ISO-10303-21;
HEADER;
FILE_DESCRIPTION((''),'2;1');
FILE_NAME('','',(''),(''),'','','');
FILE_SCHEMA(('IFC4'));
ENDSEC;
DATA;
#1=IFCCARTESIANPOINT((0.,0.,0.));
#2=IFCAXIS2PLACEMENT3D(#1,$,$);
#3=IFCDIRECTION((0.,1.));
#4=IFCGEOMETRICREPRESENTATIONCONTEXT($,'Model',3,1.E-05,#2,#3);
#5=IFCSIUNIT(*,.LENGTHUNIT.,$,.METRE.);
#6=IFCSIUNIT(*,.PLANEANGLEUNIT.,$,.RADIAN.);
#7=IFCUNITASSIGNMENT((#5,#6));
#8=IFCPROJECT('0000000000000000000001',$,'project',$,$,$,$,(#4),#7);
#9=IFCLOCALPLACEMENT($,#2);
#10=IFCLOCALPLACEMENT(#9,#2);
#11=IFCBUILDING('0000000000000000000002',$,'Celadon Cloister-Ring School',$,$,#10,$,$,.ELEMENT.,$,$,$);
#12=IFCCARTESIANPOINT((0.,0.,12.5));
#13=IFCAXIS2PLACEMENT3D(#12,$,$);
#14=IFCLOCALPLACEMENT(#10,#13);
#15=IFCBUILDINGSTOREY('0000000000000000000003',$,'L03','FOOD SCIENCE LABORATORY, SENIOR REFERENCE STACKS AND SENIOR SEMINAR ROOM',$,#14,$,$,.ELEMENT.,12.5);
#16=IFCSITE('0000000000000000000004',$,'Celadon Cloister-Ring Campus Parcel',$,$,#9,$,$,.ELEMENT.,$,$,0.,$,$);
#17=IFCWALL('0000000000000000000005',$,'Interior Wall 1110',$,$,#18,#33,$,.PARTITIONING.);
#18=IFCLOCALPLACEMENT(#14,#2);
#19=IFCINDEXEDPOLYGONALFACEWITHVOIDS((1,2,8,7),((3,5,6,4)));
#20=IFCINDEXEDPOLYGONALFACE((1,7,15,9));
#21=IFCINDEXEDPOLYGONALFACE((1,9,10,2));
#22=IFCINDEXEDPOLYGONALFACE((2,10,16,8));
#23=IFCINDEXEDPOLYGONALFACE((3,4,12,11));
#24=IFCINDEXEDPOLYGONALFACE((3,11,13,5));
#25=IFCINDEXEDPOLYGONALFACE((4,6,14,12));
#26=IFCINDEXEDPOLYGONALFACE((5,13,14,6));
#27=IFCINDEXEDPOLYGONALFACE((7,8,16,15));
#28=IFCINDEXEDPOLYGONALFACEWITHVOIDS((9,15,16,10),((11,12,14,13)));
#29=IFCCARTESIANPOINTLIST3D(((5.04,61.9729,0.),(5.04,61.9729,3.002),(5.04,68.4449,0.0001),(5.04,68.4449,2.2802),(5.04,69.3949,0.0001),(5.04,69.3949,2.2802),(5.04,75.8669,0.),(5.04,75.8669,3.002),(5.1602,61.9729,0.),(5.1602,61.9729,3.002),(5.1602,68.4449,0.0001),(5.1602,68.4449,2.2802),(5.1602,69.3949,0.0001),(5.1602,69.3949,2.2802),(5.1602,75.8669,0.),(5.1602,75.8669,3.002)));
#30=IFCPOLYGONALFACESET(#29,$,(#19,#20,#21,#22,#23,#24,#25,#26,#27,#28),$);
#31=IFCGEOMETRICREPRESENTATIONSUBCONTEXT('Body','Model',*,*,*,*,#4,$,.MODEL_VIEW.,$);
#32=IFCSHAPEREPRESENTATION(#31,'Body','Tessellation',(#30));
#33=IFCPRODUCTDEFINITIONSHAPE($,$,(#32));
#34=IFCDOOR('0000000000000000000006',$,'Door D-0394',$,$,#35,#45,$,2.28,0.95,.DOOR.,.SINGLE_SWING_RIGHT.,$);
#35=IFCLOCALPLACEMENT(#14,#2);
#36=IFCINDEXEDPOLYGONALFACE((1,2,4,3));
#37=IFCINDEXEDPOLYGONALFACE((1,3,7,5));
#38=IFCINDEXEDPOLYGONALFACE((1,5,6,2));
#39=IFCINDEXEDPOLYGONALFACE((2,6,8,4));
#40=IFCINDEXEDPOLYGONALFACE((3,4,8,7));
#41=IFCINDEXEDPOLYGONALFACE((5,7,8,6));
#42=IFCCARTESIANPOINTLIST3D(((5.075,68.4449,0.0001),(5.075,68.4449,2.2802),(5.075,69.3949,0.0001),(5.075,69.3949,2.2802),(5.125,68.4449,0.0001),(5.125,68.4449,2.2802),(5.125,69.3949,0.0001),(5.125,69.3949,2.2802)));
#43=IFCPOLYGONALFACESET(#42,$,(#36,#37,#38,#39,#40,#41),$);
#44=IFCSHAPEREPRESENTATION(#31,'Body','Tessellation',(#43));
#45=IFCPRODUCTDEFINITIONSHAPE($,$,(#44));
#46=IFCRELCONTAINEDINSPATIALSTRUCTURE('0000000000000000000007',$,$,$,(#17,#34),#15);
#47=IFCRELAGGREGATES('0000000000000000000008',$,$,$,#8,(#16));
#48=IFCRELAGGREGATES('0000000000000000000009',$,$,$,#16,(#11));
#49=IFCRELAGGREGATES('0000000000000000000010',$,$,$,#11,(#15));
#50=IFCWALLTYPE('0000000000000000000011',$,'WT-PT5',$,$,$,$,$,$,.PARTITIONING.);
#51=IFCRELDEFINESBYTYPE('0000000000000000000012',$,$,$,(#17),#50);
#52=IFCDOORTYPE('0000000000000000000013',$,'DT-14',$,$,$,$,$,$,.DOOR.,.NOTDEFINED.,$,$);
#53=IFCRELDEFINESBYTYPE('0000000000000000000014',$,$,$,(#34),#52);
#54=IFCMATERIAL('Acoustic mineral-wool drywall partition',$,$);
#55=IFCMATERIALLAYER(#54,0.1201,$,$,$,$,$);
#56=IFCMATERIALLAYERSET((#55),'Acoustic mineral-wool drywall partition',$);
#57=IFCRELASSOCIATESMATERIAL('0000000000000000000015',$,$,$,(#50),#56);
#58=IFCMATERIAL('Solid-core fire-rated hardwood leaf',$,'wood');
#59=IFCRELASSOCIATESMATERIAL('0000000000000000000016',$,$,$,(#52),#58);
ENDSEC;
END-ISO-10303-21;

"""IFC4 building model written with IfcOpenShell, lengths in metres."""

from ifc_helpers import new_model, si_unit, direction, frame, frame_2d, origin, place, context, subcontext, project, spatial, rectangle, extrude, material, layer, layer_set, type_object, element, fill, save


model = new_model("IFC4")

# Units and contexts
model_context = context("Model", 3, precision=1e-05, world=origin(), true_north=direction((0.0, 1.0)))
body_context = subcontext(model_context, "Body", "Model", "MODEL_VIEW")
ifc_project = project(units=[si_unit("LENGTHUNIT", "METRE"), si_unit("PLANEANGLEUNIT", "RADIAN")], contexts=[model_context])

# Site, building, storey
site_placement = place(None, origin())
site = spatial("IfcSite", under=ifc_project, at=site_placement, Name="Celadon Cloister-Ring Campus Parcel", CompositionType="ELEMENT", RefElevation=0.0)
building_placement = place(site_placement, origin())
building = spatial("IfcBuilding", under=site, at=building_placement, Name="Celadon Cloister-Ring School", CompositionType="ELEMENT")
storey_placement = place(building_placement, frame((0.0, 0.0, 12.5)))
storey = spatial("IfcBuildingStorey", under=building, at=storey_placement, Name="L03", Description="FOOD SCIENCE LABORATORY, SENIOR REFERENCE STACKS AND SENIOR SEMINAR ROOM", CompositionType="ELEMENT", Elevation=12.5)

# Wall, opening, door
ifc_material_1 = material(Name="Acoustic mineral-wool drywall partition")
ifc_layer_1 = layer(ifc_material_1, 0.1201)
ifc_layer_set_1 = layer_set([ifc_layer_1], Name="Acoustic mineral-wool drywall partition")
wall_type_1 = type_object("IfcWallType", Name="WT-PT5", PredefinedType="PARTITIONING", material=ifc_layer_set_1)
wall_1_placement = place(storey_placement, frame((5.1001, 75.8669, 0.0), z_axis=(0.0, 0.0, 1.0), x_axis=(0.0, -1.0, 0.0)))
wall_1 = element("IfcWall", 1, at=wall_1_placement, inside=storey, type_object=wall_type_1, Name="Interior Wall 1110", PredefinedType="PARTITIONING", context=body_context, shape_type="SweptSolid", body=[
    extrude(rectangle(XDim=13.894, YDim=0.1201, at=frame_2d((6.947, 0.0))), origin(), (0.0, 0.0, 1.0), 3.002),
])
opening_1_placement = place(wall_1_placement, frame((6.4719, 0.0, 0.0)))
opening_1 = element("IfcOpeningElement", 2, at=opening_1_placement, cuts=wall_1, PredefinedType="OPENING", context=body_context, shape_type="SweptSolid", body=[
    extrude(rectangle(XDim=0.95, YDim=2.28, at=frame_2d((0.4751, 1.1401))), frame((0.0, 0.0701, 0.0), z_axis=(0.0, -1.0, 0.0), x_axis=(1.0, 0.0, 0.0)), (0.0, 0.0, 1.0), 0.1401),
])
ifc_material_2 = material(Name="Solid-core fire-rated hardwood leaf", Category="wood")
door_type_1 = type_object("IfcDoorType", Name="DT-14", OperationType="NOTDEFINED", PredefinedType="DOOR", material=ifc_material_2)
door_1_placement = place(opening_1_placement, origin())
door_1 = element("IfcDoor", 3, at=door_1_placement, inside=storey, type_object=door_type_1, Name="Door D-0394", OperationType="SINGLE_SWING_RIGHT", OverallHeight=2.28, OverallWidth=0.95, PredefinedType="DOOR", context=body_context, shape_type="SweptSolid", body=[
    extrude(rectangle(XDim=0.95, YDim=2.28, at=frame_2d((0.4751, 1.1401))), frame((0.0, 0.0249, 0.0), z_axis=(0.0, -1.0, 0.0), x_axis=(1.0, 0.0, 0.0)), (0.0, 0.0, 1.0), 0.05),
])
fill(opening_1, door_1)

save(model, "model.ifc")
